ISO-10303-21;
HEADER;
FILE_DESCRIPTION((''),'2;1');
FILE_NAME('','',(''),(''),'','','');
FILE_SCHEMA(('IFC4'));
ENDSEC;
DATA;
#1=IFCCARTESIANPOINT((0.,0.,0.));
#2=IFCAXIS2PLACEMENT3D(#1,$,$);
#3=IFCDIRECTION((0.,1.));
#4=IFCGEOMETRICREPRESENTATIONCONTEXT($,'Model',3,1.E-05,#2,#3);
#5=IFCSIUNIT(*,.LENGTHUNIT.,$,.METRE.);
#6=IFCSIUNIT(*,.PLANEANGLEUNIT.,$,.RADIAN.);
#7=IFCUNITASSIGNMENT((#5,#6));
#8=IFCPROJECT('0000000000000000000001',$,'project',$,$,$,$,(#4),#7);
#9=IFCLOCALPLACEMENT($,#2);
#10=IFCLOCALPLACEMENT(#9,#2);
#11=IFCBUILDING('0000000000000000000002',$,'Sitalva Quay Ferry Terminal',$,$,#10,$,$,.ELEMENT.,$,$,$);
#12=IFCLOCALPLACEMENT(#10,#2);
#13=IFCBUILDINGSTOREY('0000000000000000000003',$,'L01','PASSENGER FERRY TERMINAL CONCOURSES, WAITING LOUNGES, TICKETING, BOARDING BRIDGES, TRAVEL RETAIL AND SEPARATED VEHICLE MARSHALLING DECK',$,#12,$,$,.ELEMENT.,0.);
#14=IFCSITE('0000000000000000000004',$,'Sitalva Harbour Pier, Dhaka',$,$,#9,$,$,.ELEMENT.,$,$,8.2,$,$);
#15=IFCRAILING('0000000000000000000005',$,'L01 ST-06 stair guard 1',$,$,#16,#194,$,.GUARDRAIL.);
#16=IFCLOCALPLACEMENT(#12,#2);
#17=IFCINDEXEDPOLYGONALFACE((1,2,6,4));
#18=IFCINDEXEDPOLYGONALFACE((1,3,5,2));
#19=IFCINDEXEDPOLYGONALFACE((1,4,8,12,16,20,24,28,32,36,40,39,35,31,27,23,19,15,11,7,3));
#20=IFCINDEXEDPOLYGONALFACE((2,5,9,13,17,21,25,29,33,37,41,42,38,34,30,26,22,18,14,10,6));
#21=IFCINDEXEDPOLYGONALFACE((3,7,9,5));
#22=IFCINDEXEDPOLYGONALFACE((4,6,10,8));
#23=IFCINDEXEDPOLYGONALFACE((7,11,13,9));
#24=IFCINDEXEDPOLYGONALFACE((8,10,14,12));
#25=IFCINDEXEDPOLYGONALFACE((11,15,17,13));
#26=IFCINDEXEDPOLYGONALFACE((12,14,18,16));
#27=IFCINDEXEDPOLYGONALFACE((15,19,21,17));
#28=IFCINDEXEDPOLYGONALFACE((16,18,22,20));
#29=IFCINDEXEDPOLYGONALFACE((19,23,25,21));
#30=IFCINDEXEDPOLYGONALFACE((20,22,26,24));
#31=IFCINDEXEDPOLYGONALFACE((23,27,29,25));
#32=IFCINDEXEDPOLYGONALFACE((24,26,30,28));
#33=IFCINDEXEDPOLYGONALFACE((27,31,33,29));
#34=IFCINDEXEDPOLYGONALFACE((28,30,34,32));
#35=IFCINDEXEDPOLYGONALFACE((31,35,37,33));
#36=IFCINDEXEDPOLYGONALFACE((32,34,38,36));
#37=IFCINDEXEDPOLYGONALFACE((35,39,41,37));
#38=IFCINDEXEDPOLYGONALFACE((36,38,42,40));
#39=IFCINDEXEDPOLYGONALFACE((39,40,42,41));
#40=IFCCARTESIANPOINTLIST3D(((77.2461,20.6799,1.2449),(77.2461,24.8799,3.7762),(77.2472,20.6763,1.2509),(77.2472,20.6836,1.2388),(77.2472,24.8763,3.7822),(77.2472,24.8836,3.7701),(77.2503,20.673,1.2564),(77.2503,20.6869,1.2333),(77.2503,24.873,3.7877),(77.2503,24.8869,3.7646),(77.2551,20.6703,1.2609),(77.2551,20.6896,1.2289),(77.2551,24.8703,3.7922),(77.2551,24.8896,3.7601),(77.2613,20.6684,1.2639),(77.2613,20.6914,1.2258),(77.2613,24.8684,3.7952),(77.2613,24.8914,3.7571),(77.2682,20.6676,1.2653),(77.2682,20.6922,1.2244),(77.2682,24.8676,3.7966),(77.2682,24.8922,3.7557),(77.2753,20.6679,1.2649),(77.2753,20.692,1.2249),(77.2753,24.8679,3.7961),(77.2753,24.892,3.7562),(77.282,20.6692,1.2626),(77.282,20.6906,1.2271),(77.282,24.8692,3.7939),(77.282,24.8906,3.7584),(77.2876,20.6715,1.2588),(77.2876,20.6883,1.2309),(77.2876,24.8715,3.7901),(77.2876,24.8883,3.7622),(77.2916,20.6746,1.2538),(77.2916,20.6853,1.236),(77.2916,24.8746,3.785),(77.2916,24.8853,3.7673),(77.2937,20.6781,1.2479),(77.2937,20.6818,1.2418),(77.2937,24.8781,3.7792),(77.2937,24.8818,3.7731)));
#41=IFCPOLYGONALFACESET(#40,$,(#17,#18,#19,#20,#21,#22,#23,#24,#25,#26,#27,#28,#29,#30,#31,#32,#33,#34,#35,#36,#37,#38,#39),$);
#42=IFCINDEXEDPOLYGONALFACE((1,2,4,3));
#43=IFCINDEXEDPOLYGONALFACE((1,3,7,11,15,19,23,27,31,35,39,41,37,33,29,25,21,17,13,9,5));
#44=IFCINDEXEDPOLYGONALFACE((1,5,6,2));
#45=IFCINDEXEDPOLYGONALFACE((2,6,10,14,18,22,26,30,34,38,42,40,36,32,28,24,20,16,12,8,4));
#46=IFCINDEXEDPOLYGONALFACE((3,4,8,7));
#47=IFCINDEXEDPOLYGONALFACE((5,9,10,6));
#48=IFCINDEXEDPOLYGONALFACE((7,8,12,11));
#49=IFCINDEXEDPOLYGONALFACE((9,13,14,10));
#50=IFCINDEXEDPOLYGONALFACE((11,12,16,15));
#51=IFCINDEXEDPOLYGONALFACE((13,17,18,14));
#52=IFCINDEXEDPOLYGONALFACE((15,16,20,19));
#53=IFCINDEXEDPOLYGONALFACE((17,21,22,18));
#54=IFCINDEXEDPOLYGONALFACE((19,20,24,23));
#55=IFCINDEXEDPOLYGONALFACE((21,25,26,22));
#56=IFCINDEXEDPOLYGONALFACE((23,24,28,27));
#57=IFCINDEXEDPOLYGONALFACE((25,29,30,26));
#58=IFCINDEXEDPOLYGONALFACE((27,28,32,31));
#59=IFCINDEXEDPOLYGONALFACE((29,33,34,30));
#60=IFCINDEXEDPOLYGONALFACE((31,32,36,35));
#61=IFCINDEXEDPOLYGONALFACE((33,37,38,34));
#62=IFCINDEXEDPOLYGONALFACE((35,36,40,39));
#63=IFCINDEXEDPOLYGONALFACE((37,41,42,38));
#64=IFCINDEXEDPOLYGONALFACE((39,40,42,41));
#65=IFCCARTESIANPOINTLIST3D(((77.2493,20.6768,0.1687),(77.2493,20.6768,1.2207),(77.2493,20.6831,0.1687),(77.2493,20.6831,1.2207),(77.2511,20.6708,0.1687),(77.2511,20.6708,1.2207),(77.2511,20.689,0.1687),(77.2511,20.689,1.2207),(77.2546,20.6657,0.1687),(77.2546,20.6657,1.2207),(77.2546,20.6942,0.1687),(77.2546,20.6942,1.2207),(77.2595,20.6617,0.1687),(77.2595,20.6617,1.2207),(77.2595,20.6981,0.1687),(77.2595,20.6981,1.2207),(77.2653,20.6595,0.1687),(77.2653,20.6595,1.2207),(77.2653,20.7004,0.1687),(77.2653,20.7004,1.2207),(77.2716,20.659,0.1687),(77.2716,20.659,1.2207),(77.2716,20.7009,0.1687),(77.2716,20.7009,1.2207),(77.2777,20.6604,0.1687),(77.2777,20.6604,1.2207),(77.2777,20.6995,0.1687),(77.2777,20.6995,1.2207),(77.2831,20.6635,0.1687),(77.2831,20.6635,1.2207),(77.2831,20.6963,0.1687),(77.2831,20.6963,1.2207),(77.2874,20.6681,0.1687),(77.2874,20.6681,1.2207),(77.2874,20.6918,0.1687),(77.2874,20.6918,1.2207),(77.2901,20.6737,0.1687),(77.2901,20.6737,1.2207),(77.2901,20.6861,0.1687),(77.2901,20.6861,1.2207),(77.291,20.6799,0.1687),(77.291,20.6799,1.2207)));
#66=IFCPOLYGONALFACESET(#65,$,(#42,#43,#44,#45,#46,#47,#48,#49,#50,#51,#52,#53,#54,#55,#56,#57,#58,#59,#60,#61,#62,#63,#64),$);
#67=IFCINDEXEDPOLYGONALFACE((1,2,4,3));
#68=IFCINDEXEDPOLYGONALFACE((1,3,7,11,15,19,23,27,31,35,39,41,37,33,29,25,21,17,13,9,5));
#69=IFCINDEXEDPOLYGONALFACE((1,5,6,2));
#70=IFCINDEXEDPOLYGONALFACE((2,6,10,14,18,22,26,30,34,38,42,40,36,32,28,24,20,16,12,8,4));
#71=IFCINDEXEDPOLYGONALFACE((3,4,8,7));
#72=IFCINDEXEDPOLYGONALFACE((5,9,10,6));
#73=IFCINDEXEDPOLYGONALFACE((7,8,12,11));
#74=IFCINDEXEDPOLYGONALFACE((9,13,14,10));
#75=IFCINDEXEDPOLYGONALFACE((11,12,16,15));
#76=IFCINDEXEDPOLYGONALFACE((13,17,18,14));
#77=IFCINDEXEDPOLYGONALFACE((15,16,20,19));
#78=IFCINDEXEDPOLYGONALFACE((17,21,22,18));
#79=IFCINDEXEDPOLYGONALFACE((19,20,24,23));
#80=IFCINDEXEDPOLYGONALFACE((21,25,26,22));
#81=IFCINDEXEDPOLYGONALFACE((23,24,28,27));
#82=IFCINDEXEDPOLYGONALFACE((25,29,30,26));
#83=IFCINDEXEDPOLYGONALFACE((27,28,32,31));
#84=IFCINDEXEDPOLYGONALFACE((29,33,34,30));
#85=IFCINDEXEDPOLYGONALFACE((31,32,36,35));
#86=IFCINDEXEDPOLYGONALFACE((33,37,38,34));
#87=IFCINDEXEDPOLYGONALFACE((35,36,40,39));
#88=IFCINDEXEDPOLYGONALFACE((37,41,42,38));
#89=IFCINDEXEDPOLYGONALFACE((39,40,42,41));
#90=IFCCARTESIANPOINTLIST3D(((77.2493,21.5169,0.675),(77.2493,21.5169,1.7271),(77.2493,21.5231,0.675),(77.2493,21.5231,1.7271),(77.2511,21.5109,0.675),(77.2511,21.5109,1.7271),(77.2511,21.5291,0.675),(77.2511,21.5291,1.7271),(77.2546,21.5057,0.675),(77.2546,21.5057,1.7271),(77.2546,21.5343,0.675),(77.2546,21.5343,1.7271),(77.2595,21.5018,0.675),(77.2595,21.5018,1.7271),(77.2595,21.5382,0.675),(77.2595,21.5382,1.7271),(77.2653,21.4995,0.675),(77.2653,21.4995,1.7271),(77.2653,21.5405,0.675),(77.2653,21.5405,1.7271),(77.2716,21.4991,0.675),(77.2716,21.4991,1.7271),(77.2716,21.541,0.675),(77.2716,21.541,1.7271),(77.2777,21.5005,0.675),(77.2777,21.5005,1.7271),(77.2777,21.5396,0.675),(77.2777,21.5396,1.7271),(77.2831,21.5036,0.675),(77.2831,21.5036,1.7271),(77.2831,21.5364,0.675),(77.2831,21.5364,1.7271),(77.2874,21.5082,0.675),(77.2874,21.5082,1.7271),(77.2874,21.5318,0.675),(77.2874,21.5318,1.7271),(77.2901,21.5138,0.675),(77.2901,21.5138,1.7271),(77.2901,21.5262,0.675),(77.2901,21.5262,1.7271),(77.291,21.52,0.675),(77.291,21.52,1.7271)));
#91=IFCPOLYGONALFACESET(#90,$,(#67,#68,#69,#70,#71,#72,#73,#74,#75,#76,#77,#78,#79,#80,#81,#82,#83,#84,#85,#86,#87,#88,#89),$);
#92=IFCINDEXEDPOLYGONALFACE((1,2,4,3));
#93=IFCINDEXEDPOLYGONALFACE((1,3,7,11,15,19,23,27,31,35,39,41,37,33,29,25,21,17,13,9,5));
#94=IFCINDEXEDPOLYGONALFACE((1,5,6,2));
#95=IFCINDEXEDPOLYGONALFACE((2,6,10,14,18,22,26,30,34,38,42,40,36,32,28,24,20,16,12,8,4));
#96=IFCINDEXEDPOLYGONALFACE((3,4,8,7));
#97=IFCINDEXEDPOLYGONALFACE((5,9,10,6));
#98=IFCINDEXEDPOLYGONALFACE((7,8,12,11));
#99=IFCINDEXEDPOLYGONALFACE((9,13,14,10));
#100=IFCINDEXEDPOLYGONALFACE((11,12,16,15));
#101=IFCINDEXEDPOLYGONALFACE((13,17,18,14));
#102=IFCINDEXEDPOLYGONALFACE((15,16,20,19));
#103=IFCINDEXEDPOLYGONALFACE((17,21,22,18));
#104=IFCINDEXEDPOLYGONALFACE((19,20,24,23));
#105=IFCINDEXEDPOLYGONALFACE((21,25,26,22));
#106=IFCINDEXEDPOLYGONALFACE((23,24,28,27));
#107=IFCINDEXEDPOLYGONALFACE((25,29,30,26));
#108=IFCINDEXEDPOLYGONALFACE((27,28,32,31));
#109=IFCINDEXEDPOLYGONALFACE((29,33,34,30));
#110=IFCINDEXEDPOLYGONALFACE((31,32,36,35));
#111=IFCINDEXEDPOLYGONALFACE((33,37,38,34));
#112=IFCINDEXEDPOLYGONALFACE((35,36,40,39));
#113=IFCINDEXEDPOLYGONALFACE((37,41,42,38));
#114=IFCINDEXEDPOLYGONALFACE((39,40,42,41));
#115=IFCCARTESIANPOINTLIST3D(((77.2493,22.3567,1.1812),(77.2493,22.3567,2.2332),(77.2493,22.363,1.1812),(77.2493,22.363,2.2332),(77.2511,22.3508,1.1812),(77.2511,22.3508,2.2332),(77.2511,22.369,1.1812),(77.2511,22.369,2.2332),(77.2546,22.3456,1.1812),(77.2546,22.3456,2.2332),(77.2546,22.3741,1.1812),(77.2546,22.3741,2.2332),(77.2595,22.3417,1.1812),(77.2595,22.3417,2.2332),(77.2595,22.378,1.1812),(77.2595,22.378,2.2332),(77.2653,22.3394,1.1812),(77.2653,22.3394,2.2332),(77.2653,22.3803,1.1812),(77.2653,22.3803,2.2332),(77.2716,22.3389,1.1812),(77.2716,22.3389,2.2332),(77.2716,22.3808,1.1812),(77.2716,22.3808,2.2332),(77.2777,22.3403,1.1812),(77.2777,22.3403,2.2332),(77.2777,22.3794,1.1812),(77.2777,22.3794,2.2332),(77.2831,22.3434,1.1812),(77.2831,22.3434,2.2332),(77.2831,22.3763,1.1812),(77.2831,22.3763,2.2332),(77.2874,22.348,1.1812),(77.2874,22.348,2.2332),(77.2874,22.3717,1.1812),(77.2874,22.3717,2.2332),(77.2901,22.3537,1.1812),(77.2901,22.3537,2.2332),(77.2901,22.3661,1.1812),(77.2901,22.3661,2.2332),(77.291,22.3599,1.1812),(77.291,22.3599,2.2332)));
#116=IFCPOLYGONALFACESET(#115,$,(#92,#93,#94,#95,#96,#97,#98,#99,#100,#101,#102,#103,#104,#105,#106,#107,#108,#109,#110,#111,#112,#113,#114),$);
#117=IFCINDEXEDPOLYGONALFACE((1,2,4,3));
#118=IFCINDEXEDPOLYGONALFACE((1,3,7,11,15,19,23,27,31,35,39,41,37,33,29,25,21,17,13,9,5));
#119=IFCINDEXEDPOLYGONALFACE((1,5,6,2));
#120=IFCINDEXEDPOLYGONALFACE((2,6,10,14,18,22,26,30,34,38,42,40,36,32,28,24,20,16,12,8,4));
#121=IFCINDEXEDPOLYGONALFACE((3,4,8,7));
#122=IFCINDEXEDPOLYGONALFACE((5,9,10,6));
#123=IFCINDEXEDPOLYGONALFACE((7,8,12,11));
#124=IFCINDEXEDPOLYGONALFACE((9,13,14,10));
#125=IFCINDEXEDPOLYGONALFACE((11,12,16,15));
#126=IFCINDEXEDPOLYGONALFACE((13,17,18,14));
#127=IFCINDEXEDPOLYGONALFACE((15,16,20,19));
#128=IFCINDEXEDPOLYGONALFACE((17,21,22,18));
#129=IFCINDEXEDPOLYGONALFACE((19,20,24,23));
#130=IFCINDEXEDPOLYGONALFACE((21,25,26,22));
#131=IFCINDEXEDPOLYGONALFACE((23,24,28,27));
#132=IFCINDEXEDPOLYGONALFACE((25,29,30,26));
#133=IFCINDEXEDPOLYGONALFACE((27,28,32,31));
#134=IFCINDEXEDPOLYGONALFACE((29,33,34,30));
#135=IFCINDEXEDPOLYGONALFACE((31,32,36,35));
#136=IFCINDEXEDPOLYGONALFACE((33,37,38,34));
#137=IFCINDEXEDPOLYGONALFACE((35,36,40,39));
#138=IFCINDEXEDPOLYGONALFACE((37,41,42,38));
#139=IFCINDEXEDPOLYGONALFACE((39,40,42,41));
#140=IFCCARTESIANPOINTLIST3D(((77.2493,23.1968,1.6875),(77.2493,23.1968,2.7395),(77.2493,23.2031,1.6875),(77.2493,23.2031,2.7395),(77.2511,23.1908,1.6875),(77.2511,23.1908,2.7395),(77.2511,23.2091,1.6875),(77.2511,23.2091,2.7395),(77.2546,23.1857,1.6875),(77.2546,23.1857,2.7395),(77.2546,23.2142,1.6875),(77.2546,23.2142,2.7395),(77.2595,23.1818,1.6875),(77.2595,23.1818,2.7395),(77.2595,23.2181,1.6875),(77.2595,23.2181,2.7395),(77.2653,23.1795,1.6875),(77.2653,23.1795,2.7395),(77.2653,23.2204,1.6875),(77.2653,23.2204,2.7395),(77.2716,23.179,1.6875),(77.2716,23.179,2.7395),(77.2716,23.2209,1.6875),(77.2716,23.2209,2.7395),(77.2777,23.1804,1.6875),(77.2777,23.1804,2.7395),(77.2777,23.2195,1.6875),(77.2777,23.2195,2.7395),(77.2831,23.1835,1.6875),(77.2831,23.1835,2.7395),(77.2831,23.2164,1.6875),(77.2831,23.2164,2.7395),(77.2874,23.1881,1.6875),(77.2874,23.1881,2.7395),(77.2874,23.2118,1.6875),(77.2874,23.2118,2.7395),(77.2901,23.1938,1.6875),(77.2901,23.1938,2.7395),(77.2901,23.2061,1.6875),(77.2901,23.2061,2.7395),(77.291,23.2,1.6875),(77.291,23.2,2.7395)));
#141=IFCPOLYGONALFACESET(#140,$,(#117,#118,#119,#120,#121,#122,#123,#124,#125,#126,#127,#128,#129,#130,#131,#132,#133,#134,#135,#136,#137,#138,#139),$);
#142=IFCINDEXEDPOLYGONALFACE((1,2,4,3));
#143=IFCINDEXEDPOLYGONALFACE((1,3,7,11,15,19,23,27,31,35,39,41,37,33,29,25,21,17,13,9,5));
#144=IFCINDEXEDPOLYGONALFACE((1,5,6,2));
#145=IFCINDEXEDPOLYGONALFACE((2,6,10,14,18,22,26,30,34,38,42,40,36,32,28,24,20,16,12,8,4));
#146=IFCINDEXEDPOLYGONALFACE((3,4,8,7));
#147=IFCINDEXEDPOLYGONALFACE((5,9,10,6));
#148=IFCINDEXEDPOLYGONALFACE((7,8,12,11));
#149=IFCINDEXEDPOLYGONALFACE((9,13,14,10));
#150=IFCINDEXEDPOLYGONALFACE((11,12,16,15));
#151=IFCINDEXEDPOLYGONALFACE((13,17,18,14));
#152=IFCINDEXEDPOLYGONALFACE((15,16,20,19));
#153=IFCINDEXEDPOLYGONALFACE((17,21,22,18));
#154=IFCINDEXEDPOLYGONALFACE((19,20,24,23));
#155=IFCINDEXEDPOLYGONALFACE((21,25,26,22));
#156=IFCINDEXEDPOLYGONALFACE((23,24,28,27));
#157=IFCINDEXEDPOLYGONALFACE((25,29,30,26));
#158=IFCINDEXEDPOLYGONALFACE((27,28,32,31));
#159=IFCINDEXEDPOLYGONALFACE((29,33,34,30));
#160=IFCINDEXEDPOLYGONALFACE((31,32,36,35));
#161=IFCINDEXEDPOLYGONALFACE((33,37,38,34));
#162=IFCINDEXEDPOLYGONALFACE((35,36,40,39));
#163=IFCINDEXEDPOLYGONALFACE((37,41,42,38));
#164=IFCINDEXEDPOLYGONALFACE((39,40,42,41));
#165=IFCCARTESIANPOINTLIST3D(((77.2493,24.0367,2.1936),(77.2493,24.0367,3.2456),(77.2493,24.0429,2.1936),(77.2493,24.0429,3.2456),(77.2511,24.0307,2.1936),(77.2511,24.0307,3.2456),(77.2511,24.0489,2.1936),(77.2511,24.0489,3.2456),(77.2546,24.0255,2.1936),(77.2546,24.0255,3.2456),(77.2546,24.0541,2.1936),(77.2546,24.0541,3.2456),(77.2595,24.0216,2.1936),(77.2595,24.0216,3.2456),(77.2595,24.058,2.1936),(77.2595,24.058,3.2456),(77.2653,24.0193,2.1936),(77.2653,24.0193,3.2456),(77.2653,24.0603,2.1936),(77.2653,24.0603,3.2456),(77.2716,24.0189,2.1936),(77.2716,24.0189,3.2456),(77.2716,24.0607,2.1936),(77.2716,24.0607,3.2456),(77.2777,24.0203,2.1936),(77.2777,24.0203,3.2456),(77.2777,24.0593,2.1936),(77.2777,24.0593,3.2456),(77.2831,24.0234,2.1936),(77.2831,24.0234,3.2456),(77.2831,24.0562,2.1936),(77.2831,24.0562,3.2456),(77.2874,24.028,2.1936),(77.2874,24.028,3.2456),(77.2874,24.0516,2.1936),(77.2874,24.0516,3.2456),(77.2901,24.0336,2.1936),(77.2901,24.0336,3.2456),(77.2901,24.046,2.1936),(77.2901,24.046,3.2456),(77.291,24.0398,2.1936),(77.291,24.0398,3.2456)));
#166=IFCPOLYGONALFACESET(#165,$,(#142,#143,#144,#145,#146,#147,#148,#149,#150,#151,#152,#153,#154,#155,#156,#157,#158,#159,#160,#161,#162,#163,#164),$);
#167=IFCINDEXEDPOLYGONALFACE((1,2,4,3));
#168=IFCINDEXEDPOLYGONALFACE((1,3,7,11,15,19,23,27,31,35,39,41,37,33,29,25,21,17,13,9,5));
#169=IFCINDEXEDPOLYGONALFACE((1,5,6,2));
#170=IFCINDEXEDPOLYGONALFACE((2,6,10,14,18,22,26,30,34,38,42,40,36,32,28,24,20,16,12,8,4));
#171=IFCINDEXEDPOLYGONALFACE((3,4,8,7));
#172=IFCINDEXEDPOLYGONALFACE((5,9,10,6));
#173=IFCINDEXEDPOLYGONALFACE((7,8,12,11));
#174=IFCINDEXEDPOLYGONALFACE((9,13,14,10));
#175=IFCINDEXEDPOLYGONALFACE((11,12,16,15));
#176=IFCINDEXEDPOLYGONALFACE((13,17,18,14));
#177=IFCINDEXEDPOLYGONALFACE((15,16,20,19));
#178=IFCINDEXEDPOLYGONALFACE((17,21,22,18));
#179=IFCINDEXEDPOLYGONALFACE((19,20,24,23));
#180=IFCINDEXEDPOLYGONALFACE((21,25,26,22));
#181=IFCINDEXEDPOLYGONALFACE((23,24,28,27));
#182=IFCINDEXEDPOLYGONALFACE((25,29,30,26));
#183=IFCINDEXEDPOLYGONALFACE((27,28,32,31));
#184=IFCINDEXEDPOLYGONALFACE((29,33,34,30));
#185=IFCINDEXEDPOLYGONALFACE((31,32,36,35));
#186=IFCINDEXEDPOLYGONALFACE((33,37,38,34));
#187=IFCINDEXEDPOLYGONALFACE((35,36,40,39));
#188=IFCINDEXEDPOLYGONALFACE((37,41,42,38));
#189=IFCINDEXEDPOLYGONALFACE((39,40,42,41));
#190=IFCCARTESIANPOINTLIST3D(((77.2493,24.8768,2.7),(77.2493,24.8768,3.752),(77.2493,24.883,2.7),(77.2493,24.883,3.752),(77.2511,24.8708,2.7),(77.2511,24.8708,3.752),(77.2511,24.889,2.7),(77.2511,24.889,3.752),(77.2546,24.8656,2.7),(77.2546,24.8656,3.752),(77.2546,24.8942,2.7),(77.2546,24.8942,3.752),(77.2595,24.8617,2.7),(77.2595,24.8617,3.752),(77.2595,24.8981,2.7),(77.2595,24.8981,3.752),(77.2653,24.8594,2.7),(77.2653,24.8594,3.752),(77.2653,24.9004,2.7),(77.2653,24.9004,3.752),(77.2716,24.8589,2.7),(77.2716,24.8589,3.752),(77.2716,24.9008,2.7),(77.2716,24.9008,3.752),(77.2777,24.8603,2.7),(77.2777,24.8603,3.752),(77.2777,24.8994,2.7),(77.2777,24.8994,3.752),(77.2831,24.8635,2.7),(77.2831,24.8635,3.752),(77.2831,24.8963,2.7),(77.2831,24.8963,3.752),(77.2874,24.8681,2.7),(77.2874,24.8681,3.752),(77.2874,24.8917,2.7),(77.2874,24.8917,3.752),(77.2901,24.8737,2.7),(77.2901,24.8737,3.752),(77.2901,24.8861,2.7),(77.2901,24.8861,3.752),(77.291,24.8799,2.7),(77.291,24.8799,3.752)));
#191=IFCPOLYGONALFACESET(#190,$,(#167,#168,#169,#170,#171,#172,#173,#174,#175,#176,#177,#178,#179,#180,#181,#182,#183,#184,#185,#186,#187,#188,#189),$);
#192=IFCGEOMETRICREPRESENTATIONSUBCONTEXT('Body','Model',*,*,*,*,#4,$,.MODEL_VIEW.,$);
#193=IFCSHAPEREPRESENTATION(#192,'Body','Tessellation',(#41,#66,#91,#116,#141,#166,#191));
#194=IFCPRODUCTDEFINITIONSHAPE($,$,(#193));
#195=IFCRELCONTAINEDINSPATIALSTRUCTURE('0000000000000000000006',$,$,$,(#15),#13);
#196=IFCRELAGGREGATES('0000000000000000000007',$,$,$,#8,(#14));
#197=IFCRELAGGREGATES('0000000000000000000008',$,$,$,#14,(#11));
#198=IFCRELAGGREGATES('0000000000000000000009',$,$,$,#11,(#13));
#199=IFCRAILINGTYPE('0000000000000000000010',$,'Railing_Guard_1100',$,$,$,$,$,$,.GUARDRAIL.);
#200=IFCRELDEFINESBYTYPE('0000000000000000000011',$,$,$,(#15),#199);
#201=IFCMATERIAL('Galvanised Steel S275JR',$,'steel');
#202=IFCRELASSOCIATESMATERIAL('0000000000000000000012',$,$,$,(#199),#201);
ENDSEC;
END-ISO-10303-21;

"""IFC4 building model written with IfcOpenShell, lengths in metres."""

from ifc_helpers import new_model, si_unit, direction, frame, origin, origin_2d, place, context, subcontext, project, spatial, circle, extrude, material, type_object, element, save


model = new_model("IFC4")

# Units and contexts
model_context = context("Model", 3, precision=1e-05, world=origin(), true_north=direction((0.0, 1.0)))
body_context = subcontext(model_context, "Body", "Model", "MODEL_VIEW")
ifc_project = project(units=[si_unit("LENGTHUNIT", "METRE"), si_unit("PLANEANGLEUNIT", "RADIAN")], contexts=[model_context])

# Site, building, storey
site_placement = place(None, origin())
site = spatial("IfcSite", under=ifc_project, at=site_placement, Name="Sitalva Harbour Pier, Dhaka", CompositionType="ELEMENT", RefElevation=8.2)
building_placement = place(site_placement, origin())
building = spatial("IfcBuilding", under=site, at=building_placement, Name="Sitalva Quay Ferry Terminal", CompositionType="ELEMENT")
storey_placement = place(building_placement, origin())
storey = spatial("IfcBuildingStorey", under=building, at=storey_placement, Name="L01", Description="PASSENGER FERRY TERMINAL CONCOURSES, WAITING LOUNGES, TICKETING, BOARDING BRIDGES, TRAVEL RETAIL AND SEPARATED VEHICLE MARSHALLING DECK", CompositionType="ELEMENT", Elevation=0.0)

# Railing
ifc_material_1 = material(Name="Galvanised Steel S275JR", Category="steel")
railing_type_1 = type_object("IfcRailingType", Name="Railing_Guard_1100", PredefinedType="GUARDRAIL", material=ifc_material_1)
railing_1_placement = place(storey_placement, frame((77.27, 20.6799, 0.1687)))
element("IfcRailing", 1, at=railing_1_placement, inside=storey, type_object=railing_type_1, Name="L01 ST-06 stair guard 1", PredefinedType="GUARDRAIL", context=body_context, shape_type="SweptSolid", body=[
    extrude(circle(Radius=0.0239, at=origin_2d()), frame((0.0, 0.0, 1.0762), z_axis=(0.0, 0.856476, 0.516186), x_axis=(-1.0, 0.0, 0.0)), (0.0, 0.0, 1.0), 4.9038),
    extrude(circle(Radius=0.021, at=origin_2d()), origin(), (0.0, 0.0, 1.0), 1.052),
    extrude(circle(Radius=0.021, at=origin_2d()), frame((0.0, 0.8401, 0.5063)), (0.0, 0.0, 1.0), 1.052),
    extrude(circle(Radius=0.021, at=origin_2d()), frame((0.0, 1.6799, 1.0125)), (0.0, 0.0, 1.0), 1.052),
    extrude(circle(Radius=0.021, at=origin_2d()), frame((0.0, 2.52, 1.5188)), (0.0, 0.0, 1.0), 1.052),
    extrude(circle(Radius=0.021, at=origin_2d()), frame((0.0, 3.3599, 2.0249)), (0.0, 0.0, 1.0), 1.052),
    extrude(circle(Radius=0.021, at=origin_2d()), frame((0.0, 4.2, 2.5312)), (0.0, 0.0, 1.0), 1.052),
])

save(model, "model.ifc")
